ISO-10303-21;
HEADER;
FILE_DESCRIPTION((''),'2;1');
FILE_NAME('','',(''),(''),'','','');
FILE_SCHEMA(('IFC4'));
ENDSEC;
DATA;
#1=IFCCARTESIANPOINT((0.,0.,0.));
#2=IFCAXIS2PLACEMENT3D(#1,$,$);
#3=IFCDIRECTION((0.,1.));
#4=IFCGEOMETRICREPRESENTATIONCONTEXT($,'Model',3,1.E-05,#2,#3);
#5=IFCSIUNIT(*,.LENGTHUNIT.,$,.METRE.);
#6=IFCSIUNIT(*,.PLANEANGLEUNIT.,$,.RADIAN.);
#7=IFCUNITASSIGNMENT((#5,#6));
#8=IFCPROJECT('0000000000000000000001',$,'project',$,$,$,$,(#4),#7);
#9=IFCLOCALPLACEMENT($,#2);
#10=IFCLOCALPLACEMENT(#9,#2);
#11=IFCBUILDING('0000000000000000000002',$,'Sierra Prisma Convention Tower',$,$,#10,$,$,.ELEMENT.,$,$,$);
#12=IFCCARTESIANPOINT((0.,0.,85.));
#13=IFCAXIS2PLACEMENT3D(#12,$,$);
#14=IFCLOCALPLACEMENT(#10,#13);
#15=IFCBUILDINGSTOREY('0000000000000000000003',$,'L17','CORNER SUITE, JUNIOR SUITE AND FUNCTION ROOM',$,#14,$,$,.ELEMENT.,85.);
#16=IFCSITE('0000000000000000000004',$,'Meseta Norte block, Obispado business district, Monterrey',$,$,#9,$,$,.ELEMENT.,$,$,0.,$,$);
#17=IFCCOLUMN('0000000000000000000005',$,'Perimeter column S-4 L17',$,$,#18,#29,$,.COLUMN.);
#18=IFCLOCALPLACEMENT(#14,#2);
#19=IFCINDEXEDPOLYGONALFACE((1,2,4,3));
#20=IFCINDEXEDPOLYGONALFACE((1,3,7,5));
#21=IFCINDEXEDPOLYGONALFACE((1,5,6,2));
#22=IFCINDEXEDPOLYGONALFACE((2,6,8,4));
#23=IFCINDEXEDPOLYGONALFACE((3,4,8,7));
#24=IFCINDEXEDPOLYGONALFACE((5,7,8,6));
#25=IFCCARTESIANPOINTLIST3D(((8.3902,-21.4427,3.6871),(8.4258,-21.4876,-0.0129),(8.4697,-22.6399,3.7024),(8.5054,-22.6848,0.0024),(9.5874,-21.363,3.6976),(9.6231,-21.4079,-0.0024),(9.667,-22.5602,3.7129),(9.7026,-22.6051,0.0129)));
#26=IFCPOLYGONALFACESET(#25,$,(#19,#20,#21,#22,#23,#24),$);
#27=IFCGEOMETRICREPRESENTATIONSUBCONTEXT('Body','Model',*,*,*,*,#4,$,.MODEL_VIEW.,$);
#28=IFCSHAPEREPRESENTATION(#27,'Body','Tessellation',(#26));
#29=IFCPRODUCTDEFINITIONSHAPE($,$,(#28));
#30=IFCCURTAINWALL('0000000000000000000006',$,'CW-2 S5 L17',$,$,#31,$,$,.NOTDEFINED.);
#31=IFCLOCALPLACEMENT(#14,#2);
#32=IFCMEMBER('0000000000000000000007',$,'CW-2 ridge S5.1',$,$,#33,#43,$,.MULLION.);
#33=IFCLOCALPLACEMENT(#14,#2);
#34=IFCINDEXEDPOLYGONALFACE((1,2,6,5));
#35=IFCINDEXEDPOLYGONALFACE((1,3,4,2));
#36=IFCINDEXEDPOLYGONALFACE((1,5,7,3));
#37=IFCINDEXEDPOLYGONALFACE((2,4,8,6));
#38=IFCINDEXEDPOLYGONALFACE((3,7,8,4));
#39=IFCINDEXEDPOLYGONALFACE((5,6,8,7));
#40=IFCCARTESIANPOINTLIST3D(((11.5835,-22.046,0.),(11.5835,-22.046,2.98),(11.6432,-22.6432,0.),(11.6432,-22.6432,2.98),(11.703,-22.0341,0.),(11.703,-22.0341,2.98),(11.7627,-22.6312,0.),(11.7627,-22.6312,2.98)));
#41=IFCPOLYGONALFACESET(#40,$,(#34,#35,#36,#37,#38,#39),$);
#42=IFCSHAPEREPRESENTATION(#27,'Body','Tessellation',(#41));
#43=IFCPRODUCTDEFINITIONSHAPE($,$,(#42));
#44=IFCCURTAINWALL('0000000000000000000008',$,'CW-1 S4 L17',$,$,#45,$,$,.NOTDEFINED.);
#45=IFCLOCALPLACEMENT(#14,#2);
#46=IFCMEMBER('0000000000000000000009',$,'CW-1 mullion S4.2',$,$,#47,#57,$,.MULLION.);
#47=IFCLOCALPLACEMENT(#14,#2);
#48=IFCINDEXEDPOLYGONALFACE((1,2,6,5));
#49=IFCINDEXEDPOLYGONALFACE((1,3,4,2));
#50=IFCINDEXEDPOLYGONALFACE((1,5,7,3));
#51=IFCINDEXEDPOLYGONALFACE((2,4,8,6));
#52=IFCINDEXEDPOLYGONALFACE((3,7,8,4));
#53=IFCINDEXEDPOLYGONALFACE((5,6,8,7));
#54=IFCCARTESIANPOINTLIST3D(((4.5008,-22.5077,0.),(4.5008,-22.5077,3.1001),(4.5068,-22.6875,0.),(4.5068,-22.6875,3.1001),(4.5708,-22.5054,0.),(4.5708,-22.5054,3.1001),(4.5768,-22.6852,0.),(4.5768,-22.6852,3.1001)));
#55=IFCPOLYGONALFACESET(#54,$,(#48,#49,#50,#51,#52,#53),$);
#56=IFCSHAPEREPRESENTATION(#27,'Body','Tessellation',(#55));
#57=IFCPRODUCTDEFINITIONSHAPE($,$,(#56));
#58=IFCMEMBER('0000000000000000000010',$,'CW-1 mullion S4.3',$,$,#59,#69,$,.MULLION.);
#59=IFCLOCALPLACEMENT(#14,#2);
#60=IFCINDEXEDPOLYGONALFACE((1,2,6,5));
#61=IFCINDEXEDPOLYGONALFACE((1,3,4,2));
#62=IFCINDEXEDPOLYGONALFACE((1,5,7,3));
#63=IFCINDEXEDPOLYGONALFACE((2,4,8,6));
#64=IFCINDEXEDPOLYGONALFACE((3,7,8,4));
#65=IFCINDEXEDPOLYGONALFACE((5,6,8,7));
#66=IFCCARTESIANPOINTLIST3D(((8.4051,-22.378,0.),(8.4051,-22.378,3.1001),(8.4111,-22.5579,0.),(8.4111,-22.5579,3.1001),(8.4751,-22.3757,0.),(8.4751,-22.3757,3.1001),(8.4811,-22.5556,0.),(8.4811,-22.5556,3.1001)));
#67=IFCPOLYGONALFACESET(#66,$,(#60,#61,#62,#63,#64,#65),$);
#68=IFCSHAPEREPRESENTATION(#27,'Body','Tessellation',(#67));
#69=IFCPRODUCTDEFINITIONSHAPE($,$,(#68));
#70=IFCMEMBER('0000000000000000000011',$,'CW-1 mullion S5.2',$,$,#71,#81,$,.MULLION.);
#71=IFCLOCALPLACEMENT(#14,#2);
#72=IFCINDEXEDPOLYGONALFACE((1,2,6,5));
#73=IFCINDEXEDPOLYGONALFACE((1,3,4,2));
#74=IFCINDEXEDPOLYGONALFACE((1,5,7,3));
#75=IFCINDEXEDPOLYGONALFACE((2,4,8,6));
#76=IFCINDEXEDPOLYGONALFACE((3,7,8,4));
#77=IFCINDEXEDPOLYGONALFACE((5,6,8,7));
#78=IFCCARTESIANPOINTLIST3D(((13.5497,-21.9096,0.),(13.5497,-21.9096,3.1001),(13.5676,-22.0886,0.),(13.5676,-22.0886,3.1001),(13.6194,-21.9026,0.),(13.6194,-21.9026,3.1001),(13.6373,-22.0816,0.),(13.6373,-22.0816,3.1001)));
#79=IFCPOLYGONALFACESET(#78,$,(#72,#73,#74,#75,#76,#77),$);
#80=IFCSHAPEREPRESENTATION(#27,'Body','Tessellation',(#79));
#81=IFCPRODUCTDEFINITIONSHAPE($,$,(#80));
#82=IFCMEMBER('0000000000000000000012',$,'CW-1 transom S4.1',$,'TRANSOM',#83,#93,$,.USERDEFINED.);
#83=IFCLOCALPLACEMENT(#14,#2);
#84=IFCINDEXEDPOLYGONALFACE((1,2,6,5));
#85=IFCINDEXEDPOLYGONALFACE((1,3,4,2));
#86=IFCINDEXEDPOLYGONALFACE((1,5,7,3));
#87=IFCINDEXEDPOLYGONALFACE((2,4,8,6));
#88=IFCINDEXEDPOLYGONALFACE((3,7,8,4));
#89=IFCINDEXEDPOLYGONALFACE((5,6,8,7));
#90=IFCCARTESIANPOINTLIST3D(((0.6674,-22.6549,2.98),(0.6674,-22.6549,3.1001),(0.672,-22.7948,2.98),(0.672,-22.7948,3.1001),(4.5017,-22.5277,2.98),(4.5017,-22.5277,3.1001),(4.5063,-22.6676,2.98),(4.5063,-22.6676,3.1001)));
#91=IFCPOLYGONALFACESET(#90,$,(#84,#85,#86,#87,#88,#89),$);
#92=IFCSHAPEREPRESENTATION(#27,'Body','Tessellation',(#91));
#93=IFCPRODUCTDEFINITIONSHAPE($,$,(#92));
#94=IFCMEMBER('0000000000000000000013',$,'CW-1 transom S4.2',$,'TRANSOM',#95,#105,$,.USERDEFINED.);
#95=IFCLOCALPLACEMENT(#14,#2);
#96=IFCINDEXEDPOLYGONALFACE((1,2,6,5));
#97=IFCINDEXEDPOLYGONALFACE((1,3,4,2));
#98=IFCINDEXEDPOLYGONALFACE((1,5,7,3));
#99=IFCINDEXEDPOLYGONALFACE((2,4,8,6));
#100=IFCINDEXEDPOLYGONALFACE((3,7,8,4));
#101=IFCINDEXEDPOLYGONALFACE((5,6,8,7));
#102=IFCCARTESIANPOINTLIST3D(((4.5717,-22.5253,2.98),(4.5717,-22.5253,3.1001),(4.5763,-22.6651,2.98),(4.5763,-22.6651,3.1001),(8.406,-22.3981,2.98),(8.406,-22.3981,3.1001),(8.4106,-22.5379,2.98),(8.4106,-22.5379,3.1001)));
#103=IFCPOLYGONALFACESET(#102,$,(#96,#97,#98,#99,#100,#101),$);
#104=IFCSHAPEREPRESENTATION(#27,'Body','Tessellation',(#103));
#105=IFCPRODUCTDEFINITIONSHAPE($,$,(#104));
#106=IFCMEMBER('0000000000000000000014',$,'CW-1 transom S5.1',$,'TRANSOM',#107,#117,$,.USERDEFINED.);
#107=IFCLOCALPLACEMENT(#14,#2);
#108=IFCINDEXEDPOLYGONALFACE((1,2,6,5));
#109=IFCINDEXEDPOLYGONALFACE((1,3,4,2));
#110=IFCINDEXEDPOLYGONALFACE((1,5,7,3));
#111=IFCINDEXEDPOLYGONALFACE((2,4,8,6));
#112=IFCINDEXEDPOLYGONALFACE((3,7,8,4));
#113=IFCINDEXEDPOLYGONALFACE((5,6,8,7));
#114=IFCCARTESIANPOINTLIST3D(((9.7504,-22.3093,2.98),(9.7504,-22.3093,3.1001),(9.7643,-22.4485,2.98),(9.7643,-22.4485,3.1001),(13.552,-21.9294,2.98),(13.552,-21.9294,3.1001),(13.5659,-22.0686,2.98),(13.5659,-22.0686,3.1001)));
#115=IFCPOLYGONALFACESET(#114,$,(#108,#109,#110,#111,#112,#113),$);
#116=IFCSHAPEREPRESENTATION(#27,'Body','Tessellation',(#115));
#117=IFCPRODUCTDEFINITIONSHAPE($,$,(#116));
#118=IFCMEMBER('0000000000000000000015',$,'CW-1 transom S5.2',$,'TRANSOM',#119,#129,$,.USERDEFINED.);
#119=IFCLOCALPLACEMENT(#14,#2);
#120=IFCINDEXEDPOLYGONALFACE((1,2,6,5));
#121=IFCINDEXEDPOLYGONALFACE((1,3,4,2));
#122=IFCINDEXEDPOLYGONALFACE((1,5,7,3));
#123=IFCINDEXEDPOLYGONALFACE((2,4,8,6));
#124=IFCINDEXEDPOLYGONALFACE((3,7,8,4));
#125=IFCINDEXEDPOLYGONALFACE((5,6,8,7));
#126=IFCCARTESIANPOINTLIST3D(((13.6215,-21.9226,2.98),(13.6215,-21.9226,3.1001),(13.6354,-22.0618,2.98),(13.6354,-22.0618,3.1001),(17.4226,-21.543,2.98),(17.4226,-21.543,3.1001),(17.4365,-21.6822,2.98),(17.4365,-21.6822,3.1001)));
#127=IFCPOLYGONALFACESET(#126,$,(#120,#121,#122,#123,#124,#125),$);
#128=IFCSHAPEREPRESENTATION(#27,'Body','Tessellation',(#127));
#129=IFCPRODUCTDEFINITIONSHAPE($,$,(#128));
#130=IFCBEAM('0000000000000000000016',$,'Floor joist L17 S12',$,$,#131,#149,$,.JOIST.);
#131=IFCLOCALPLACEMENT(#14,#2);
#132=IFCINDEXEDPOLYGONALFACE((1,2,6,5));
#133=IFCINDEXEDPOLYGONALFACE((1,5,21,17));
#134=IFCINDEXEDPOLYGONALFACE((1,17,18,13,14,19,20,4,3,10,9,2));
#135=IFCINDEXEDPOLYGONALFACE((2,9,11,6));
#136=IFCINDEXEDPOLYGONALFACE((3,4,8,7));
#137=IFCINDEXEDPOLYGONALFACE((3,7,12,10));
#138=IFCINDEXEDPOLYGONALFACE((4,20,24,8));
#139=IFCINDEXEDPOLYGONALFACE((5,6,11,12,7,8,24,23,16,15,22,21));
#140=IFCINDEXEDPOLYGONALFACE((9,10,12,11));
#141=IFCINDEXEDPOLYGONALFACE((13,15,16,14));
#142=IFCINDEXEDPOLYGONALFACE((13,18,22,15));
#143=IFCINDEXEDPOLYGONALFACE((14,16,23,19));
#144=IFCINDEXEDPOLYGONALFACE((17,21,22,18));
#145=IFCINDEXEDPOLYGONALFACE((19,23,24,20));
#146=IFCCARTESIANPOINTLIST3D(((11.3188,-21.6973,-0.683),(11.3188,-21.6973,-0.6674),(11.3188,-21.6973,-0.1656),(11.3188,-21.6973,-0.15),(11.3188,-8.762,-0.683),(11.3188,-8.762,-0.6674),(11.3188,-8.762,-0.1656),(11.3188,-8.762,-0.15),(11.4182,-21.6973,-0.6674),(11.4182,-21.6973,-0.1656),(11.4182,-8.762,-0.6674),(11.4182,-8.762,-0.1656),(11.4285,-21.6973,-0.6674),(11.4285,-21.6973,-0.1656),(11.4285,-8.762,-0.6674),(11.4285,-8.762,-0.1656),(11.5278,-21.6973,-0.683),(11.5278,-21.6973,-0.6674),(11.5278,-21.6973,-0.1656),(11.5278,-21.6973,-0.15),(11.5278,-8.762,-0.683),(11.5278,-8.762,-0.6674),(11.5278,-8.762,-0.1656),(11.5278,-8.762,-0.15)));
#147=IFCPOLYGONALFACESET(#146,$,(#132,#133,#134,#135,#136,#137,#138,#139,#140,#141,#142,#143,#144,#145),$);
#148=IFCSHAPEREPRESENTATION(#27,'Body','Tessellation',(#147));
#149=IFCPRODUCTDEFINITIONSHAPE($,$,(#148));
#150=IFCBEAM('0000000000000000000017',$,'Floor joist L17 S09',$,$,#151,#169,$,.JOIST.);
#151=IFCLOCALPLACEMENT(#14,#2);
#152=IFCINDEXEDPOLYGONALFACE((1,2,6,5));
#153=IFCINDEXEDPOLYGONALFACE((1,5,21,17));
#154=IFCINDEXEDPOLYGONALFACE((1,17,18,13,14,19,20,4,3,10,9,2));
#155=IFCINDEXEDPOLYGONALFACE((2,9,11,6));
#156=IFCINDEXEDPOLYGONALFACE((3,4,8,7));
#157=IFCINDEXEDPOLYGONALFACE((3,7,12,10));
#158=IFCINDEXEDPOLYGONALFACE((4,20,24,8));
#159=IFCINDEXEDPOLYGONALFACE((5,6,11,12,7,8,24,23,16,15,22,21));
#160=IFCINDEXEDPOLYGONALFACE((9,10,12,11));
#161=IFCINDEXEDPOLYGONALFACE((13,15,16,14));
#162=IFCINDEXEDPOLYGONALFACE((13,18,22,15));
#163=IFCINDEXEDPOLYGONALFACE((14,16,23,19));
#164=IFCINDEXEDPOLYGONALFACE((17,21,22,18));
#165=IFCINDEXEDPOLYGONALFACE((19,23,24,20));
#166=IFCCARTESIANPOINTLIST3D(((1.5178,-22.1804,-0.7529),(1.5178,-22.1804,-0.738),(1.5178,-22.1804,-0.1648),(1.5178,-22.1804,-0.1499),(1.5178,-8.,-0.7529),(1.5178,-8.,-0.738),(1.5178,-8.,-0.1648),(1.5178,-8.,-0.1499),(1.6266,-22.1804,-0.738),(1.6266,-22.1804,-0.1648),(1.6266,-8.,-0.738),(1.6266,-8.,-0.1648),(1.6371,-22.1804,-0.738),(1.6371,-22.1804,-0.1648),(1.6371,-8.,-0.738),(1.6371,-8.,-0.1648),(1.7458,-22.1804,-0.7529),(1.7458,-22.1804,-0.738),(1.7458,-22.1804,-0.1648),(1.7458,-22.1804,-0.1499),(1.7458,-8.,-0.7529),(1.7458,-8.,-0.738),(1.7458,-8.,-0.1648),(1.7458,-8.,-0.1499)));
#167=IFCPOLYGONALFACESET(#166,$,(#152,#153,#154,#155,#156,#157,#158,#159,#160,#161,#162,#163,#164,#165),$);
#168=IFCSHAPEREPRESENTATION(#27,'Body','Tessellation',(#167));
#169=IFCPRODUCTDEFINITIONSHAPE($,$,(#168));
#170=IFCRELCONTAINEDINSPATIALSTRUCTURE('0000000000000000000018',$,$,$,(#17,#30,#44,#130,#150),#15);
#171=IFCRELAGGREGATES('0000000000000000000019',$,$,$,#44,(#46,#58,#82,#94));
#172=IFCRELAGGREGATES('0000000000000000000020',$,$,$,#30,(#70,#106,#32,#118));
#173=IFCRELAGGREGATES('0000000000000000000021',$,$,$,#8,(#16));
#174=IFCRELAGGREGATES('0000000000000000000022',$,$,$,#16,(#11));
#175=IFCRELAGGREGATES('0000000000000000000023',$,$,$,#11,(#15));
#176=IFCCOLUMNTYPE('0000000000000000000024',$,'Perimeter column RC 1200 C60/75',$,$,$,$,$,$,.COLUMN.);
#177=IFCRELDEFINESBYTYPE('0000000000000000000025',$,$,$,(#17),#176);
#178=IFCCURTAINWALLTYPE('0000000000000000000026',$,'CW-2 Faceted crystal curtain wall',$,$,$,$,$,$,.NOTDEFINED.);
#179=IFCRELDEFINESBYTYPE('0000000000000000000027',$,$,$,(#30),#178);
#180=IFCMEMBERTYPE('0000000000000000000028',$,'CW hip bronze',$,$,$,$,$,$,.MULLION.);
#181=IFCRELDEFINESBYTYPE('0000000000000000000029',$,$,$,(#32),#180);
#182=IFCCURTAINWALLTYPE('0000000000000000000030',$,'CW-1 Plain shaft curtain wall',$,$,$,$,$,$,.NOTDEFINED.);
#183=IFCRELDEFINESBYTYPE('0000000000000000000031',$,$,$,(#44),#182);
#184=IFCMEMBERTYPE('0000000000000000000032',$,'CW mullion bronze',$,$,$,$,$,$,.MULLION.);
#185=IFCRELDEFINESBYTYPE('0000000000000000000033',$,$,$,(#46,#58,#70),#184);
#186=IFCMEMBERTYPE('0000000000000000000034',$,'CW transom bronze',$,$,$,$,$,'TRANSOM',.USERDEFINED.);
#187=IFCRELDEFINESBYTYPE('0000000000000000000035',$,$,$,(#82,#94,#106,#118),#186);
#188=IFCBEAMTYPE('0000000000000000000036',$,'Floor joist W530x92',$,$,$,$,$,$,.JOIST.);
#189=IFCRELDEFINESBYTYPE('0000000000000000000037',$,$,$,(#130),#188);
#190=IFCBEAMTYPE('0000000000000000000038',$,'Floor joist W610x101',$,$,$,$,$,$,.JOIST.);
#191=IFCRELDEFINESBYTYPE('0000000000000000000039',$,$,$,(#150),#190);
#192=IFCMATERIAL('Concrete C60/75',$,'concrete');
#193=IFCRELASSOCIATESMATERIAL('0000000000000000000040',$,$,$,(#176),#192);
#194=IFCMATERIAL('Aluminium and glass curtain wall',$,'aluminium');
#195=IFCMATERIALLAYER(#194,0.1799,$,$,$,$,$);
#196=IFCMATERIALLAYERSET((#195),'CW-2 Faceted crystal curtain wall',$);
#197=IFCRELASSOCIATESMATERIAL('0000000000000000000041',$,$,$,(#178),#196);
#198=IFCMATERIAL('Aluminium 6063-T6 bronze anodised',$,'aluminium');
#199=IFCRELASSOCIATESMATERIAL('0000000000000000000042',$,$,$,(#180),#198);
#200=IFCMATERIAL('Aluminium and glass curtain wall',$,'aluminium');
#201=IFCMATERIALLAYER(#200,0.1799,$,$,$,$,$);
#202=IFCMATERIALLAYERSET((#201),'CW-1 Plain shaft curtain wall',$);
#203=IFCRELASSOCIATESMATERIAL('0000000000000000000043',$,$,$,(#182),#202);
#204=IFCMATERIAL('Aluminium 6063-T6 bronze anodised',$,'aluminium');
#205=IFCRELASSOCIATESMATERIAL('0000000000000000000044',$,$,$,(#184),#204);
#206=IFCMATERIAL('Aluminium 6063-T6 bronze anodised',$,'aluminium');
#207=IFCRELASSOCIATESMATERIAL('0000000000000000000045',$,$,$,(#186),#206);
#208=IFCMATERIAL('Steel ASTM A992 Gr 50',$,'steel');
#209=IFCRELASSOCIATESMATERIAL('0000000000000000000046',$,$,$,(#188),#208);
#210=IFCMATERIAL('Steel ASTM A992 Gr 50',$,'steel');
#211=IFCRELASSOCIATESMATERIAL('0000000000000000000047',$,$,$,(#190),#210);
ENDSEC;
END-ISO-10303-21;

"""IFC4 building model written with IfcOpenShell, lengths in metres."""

from ifc_helpers import new_model, si_unit, direction, frame, origin, origin_2d, place, context, subcontext, project, spatial, rectangle, i_section, extrude, material, layer, layer_set, material_profile, profile_set, type_object, element, aggregate, save


model = new_model("IFC4")

# Units and contexts
model_context = context("Model", 3, precision=1e-05, world=origin(), true_north=direction((0.0, 1.0)))
body_context = subcontext(model_context, "Body", "Model", "MODEL_VIEW")
ifc_project = project(units=[si_unit("LENGTHUNIT", "METRE"), si_unit("PLANEANGLEUNIT", "RADIAN")], contexts=[model_context])

# Site, building, storey
site_placement = place(None, origin())
site = spatial("IfcSite", under=ifc_project, at=site_placement, Name="Meseta Norte block, Obispado business district, Monterrey", CompositionType="ELEMENT", RefElevation=0.0)
building_placement = place(site_placement, origin())
building = spatial("IfcBuilding", under=site, at=building_placement, Name="Sierra Prisma Convention Tower", CompositionType="ELEMENT")
storey_placement = place(building_placement, frame((0.0, 0.0, 85.0)))
storey = spatial("IfcBuildingStorey", under=building, at=storey_placement, Name="L17", Description="CORNER SUITE, JUNIOR SUITE AND FUNCTION ROOM", CompositionType="ELEMENT", Elevation=85.0)

# Column
ifc_material_1 = material(Name="Concrete C60/75", Category="concrete")
ifc_material_profile_1 = material_profile(ifc_material_1, rectangle(XDim=1.2, YDim=1.2, at=origin_2d()), Name="Perimeter column RC 1200 C60/75")
ifc_profile_set_1 = profile_set([ifc_material_profile_1], Name="Concrete C60/75")
column_type = type_object("IfcColumnType", Name="Perimeter column RC 1200 C60/75", PredefinedType="COLUMN", material=ifc_profile_set_1)
column_placement = place(storey_placement, frame((9.0642, -22.0464, 0.0), z_axis=(-0.009633, 0.01214, 0.99988), x_axis=(0.997752, 0.066427, 0.008806)))
element("IfcColumn", 1, at=column_placement, inside=storey, type_object=column_type, Name="Perimeter column S-4 L17", PredefinedType="COLUMN", context=body_context, shape_type="SweptSolid", body=[
    extrude(rectangle(XDim=1.2, YDim=1.2, at=origin_2d()), origin(), (0.0, 0.0, 1.0), 3.7004),
])

# Curtain wall, member
ifc_material_2 = material(Name="Aluminium and glass curtain wall", Category="aluminium")
ifc_layer_1 = layer(ifc_material_2, 0.1799)
ifc_layer_set_1 = layer_set([ifc_layer_1], Name="CW-2 Faceted crystal curtain wall")
curtain_wall_type_1 = type_object("IfcCurtainWallType", Name="CW-2 Faceted crystal curtain wall", PredefinedType="NOTDEFINED", material=ifc_layer_set_1)
curtain_wall_1_placement = place(storey_placement, origin())
curtain_wall_1 = element("IfcCurtainWall", 2, at=curtain_wall_1_placement, inside=storey, type_object=curtain_wall_type_1, Name="CW-2 S5 L17", PredefinedType="NOTDEFINED")
ifc_material_3 = material(Name="Aluminium 6063-T6 bronze anodised", Category="aluminium")
ifc_material_profile_2 = material_profile(ifc_material_3, rectangle(XDim=0.1201, YDim=0.6001, at=origin_2d()), Name="ALU RIDGE BLADE 120x600")
ifc_profile_set_2 = profile_set([ifc_material_profile_2], Name="Aluminium 6063-T6 bronze anodised")
member_type_1 = type_object("IfcMemberType", Name="CW hip bronze", PredefinedType="MULLION", material=ifc_profile_set_2)
member_1_placement = place(storey_placement, frame((11.6731, -22.3386, 0.0), z_axis=(0.0, 0.0, 1.0), x_axis=(0.995049, 0.099381, 0.0)))
member_1 = element("IfcMember", 3, at=member_1_placement, type_object=member_type_1, Name="CW-2 ridge S5.1", PredefinedType="MULLION", context=body_context, shape_type="SweptSolid", body=[
    extrude(rectangle(XDim=0.1201, YDim=0.6001, at=origin_2d()), origin(), (0.0, 0.0, 1.0), 2.98),
])

# Curtain wall, members
ifc_material_4 = material(Name="Aluminium and glass curtain wall", Category="aluminium")
ifc_layer_2 = layer(ifc_material_4, 0.1799)
ifc_layer_set_2 = layer_set([ifc_layer_2], Name="CW-1 Plain shaft curtain wall")
curtain_wall_type_2 = type_object("IfcCurtainWallType", Name="CW-1 Plain shaft curtain wall", PredefinedType="NOTDEFINED", material=ifc_layer_set_2)
curtain_wall_2_placement = place(storey_placement, origin())
curtain_wall_2 = element("IfcCurtainWall", 4, at=curtain_wall_2_placement, inside=storey, type_object=curtain_wall_type_2, Name="CW-1 S4 L17", PredefinedType="NOTDEFINED")
ifc_material_5 = material(Name="Aluminium 6063-T6 bronze anodised", Category="aluminium")
ifc_material_profile_3 = material_profile(ifc_material_5, rectangle(XDim=0.1799, YDim=0.0701, at=origin_2d()), Name="ALU MULLION 70x180")
ifc_profile_set_3 = profile_set([ifc_material_profile_3], Name="Aluminium 6063-T6 bronze anodised")
member_type_2 = type_object("IfcMemberType", Name="CW mullion bronze", PredefinedType="MULLION", material=ifc_profile_set_3)
member_2_placement = place(storey_placement, frame((4.5388, -22.5964, 0.0), z_axis=(0.0, 0.0, 1.0), x_axis=(-0.033176, 0.99945, 0.0)))
member_2 = element("IfcMember", 5, at=member_2_placement, type_object=member_type_2, Name="CW-1 mullion S4.2", PredefinedType="MULLION", context=body_context, shape_type="SweptSolid", body=[
    extrude(rectangle(XDim=0.1799, YDim=0.0701, at=origin_2d()), origin(), (0.0, 0.0, 1.0), 3.1001),
])
member_3_placement = place(storey_placement, frame((8.4431, -22.4668, 0.0), z_axis=(0.0, 0.0, 1.0), x_axis=(-0.033176, 0.99945, 0.0)))
member_3 = element("IfcMember", 6, at=member_3_placement, type_object=member_type_2, Name="CW-1 mullion S4.3", PredefinedType="MULLION", context=body_context, shape_type="SweptSolid", body=[
    extrude(rectangle(XDim=0.1799, YDim=0.0701, at=origin_2d()), origin(), (0.0, 0.0, 1.0), 3.1001),
])

# Members
member_4_placement = place(storey_placement, frame((13.5935, -21.9956, 0.0), z_axis=(0.0, 0.0, 1.0), x_axis=(-0.099381, 0.995049, 0.0)))
member_4 = element("IfcMember", 7, at=member_4_placement, type_object=member_type_2, Name="CW-1 mullion S5.2", PredefinedType="MULLION", context=body_context, shape_type="SweptSolid", body=[
    extrude(rectangle(XDim=0.1799, YDim=0.0701, at=origin_2d()), origin(), (0.0, 0.0, 1.0), 3.1001),
])
ifc_material_6 = material(Name="Aluminium 6063-T6 bronze anodised", Category="aluminium")
ifc_material_profile_4 = material_profile(ifc_material_6, rectangle(XDim=0.1399, YDim=0.1201, at=origin_2d()), Name="ALU TRANSOM 120x140")
ifc_profile_set_4 = profile_set([ifc_material_profile_4], Name="Aluminium 6063-T6 bronze anodised")
member_type_3 = type_object("IfcMemberType", Name="CW transom bronze", ElementType="TRANSOM", PredefinedType="USERDEFINED", material=ifc_profile_set_4)
member_5_placement = place(storey_placement, frame((0.6697, -22.7249, 3.04), z_axis=(0.99945, 0.033156, 0.0), x_axis=(-0.033156, 0.99945, 0.0)))
member_5 = element("IfcMember", 8, at=member_5_placement, type_object=member_type_3, Name="CW-1 transom S4.1", ObjectType="TRANSOM", PredefinedType="USERDEFINED", context=body_context, shape_type="SweptSolid", body=[
    extrude(rectangle(XDim=0.1399, YDim=0.1201, at=origin_2d()), origin(), (0.0, 0.0, 1.0), 3.8364),
])
member_6_placement = place(storey_placement, frame((4.574, -22.5952, 3.04), z_axis=(0.99945, 0.033156, 0.0), x_axis=(-0.033156, 0.99945, 0.0)))
member_6 = element("IfcMember", 9, at=member_6_placement, type_object=member_type_3, Name="CW-1 transom S4.2", ObjectType="TRANSOM", PredefinedType="USERDEFINED", context=body_context, shape_type="SweptSolid", body=[
    extrude(rectangle(XDim=0.1399, YDim=0.1201, at=origin_2d()), origin(), (0.0, 0.0, 1.0), 3.8364),
])
member_7_placement = place(storey_placement, frame((9.7573, -22.3789, 3.04), z_axis=(0.995044, 0.099434, 0.0), x_axis=(-0.099434, 0.995044, 0.0)))
member_7 = element("IfcMember", 10, at=member_7_placement, type_object=member_type_3, Name="CW-1 transom S5.1", ObjectType="TRANSOM", PredefinedType="USERDEFINED", context=body_context, shape_type="SweptSolid", body=[
    extrude(rectangle(XDim=0.1399, YDim=0.1201, at=origin_2d()), origin(), (0.0, 0.0, 1.0), 3.8206),
])
member_8_placement = place(storey_placement, frame((13.6284, -21.9922, 3.04), z_axis=(0.99505, 0.099377, 0.0), x_axis=(-0.099377, 0.99505, 0.0)))
member_8 = element("IfcMember", 11, at=member_8_placement, type_object=member_type_3, Name="CW-1 transom S5.2", ObjectType="TRANSOM", PredefinedType="USERDEFINED", context=body_context, shape_type="SweptSolid", body=[
    extrude(rectangle(XDim=0.1399, YDim=0.1201, at=origin_2d()), origin(), (0.0, 0.0, 1.0), 3.8201),
])

# Beams
ifc_material_7 = material(Name="Steel ASTM A992 Gr 50", Category="steel")
ifc_material_profile_5 = material_profile(ifc_material_7, i_section(OverallWidth=0.209, OverallDepth=0.533, WebThickness=0.0103, FlangeThickness=0.0156, at=origin_2d()), Name="W530x92")
ifc_profile_set_5 = profile_set([ifc_material_profile_5], Name="Steel ASTM A992 Gr 50")
beam_type_1 = type_object("IfcBeamType", Name="Floor joist W530x92", PredefinedType="JOIST", material=ifc_profile_set_5)
beam_1_placement = place(storey_placement, frame((11.4233, -21.6973, -0.4165), z_axis=(0.0, 1.0, 0.0), x_axis=(-1.0, 0.0, 0.0)))
element("IfcBeam", 12, at=beam_1_placement, inside=storey, type_object=beam_type_1, Name="Floor joist L17 S12", PredefinedType="JOIST", context=body_context, shape_type="SweptSolid", body=[
    extrude(i_section(OverallWidth=0.209, OverallDepth=0.533, WebThickness=0.0103, FlangeThickness=0.0156, at=origin_2d()), origin(), (0.0, 0.0, 1.0), 12.9353),
])
ifc_material_8 = material(Name="Steel ASTM A992 Gr 50", Category="steel")
ifc_material_profile_6 = material_profile(ifc_material_8, i_section(OverallWidth=0.228, OverallDepth=0.603, WebThickness=0.0105, FlangeThickness=0.0149, at=origin_2d()), Name="W610x101")
ifc_profile_set_6 = profile_set([ifc_material_profile_6], Name="Steel ASTM A992 Gr 50")
beam_type_2 = type_object("IfcBeamType", Name="Floor joist W610x101", PredefinedType="JOIST", material=ifc_profile_set_6)
beam_2_placement = place(storey_placement, frame((1.6318, -22.1804, -0.4514), z_axis=(0.0, 1.0, 0.0), x_axis=(-1.0, 0.0, 0.0)))
element("IfcBeam", 13, at=beam_2_placement, inside=storey, type_object=beam_type_2, Name="Floor joist L17 S09", PredefinedType="JOIST", context=body_context, shape_type="SweptSolid", body=[
    extrude(i_section(OverallWidth=0.228, OverallDepth=0.603, WebThickness=0.0105, FlangeThickness=0.0149, at=origin_2d()), origin(), (0.0, 0.0, 1.0), 14.1804),
])

aggregate(curtain_wall_2, [member_2, member_3, member_5, member_6])
aggregate(curtain_wall_1, [member_4, member_7, member_1, member_8])

save(model, "model.ifc")
